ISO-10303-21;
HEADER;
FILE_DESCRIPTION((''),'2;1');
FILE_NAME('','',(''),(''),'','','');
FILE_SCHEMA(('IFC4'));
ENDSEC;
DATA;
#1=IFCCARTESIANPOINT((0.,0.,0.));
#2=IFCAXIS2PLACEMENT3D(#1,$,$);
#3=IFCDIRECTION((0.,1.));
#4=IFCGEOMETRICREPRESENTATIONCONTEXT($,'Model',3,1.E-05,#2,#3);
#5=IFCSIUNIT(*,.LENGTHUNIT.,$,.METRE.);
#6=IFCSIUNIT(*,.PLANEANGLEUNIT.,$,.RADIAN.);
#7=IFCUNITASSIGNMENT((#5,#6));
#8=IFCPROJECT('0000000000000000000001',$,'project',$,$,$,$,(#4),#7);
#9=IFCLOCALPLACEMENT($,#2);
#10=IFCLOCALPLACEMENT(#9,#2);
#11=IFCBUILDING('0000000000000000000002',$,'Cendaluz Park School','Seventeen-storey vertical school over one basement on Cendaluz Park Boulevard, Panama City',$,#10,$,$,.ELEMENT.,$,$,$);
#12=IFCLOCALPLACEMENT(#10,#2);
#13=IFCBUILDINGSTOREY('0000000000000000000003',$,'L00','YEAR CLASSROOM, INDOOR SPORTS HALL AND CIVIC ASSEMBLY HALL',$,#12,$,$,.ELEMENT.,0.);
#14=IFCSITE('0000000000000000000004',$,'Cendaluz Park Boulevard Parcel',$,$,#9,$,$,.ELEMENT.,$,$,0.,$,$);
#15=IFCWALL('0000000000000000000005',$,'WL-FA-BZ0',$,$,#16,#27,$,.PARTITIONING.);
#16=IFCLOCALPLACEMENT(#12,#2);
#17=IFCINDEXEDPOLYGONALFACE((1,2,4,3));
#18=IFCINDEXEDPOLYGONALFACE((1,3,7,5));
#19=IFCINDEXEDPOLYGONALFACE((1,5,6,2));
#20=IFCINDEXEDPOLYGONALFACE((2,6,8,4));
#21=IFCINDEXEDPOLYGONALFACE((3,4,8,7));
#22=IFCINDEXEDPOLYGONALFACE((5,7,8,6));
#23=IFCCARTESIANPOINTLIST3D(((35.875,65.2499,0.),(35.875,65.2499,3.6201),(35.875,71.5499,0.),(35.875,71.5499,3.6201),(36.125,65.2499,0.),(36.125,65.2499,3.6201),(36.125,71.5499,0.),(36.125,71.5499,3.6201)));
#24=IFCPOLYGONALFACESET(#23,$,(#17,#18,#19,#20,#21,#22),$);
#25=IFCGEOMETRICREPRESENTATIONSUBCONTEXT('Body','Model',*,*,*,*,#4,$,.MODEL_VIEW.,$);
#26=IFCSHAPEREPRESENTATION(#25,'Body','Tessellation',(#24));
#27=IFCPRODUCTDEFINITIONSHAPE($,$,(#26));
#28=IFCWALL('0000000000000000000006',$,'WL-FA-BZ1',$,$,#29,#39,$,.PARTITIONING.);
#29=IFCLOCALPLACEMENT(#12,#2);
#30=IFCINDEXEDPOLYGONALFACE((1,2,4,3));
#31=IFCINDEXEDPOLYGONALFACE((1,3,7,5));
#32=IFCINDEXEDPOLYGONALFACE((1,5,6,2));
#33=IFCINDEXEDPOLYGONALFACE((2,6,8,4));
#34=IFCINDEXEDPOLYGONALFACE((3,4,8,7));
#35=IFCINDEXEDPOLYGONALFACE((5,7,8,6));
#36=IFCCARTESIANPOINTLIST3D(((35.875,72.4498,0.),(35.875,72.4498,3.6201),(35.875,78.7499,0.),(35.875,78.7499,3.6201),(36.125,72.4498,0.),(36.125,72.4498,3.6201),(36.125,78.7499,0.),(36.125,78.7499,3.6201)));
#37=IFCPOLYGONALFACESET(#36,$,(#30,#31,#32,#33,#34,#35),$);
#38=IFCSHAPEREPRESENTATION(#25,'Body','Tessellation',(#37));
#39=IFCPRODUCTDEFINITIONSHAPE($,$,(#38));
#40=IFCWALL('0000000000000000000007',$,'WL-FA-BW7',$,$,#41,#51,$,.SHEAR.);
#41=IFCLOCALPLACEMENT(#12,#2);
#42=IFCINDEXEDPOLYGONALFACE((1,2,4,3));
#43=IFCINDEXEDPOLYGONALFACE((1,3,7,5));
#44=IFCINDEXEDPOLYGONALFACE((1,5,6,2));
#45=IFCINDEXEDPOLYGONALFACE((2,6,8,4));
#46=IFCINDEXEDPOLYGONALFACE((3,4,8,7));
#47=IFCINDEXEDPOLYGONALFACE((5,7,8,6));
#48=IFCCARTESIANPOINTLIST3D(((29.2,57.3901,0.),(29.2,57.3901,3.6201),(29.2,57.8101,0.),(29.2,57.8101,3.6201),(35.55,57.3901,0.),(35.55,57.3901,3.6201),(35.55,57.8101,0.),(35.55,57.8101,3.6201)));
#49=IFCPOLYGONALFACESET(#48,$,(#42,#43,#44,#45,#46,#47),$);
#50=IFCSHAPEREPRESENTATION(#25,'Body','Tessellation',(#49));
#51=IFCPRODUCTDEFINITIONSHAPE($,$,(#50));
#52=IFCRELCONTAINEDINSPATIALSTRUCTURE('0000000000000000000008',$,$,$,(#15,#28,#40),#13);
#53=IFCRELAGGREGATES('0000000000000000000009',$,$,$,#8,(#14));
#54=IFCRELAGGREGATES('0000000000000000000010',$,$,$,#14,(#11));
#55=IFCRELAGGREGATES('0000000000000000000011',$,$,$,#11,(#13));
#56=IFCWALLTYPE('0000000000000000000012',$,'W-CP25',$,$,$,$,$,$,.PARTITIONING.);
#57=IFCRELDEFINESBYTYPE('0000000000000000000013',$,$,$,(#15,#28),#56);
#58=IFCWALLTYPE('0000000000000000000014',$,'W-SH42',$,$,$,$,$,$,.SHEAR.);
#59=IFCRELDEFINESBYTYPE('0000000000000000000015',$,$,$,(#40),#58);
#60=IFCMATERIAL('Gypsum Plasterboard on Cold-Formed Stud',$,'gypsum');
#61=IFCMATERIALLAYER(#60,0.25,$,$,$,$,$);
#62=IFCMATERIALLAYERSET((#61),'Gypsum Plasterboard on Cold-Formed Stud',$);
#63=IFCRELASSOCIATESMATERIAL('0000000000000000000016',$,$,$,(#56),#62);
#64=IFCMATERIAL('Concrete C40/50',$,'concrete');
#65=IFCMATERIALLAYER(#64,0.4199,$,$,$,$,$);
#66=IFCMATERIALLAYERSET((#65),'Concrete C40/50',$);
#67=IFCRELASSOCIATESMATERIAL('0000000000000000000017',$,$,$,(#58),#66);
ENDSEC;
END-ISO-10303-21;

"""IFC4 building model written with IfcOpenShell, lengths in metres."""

from ifc_helpers import new_model, si_unit, direction, frame, frame_2d, origin, place, context, subcontext, project, spatial, rectangle, extrude, material, layer, layer_set, type_object, element, save


model = new_model("IFC4")

# Units and contexts
model_context = context("Model", 3, precision=1e-05, world=origin(), true_north=direction((0.0, 1.0)))
body_context = subcontext(model_context, "Body", "Model", "MODEL_VIEW")
ifc_project = project(units=[si_unit("LENGTHUNIT", "METRE"), si_unit("PLANEANGLEUNIT", "RADIAN")], contexts=[model_context])

# Site, building, storey
site_placement = place(None, origin())
site = spatial("IfcSite", under=ifc_project, at=site_placement, Name="Cendaluz Park Boulevard Parcel", CompositionType="ELEMENT", RefElevation=0.0)
building_placement = place(site_placement, origin())
building = spatial("IfcBuilding", under=site, at=building_placement, Name="Cendaluz Park School", Description="Seventeen-storey vertical school over one basement on Cendaluz Park Boulevard, Panama City", CompositionType="ELEMENT")
storey_placement = place(building_placement, origin())
storey = spatial("IfcBuildingStorey", under=building, at=storey_placement, Name="L00", Description="YEAR CLASSROOM, INDOOR SPORTS HALL AND CIVIC ASSEMBLY HALL", CompositionType="ELEMENT", Elevation=0.0)

# Shared definitions
ifc_material_1 = material(Name="Concrete C40/50", Category="concrete")

# Walls
ifc_material_2 = material(Name="Gypsum Plasterboard on Cold-Formed Stud", Category="gypsum")
ifc_layer_1 = layer(ifc_material_2, 0.25)
ifc_layer_set_1 = layer_set([ifc_layer_1], Name="Gypsum Plasterboard on Cold-Formed Stud")
wall_type_1 = type_object("IfcWallType", Name="W-CP25", PredefinedType="PARTITIONING", material=ifc_layer_set_1)
for number, where, z_axis, x_axis, name in (
    (1, (36.0, 65.25, 0.0), (0.0, 0.0, 1.0), (0.0, 1.0, 0.0), "WL-FA-BZ0"),
    (2, (36.0, 72.45, 0.0), (0.0, 0.0, 1.0), (0.0, 1.0, 0.0), "WL-FA-BZ1"),
):
    element("IfcWall", number, at=place(storey_placement, frame(where, z_axis=z_axis, x_axis=x_axis)), inside=storey, type_object=wall_type_1, Name=name, PredefinedType="PARTITIONING", context=body_context, shape_type="SweptSolid", body=[
        extrude(rectangle(XDim=6.3, YDim=0.25, at=frame_2d((3.1499, 0.0))), origin(), (0.0, 0.0, 1.0), 3.6201),
    ])
ifc_layer_2 = layer(ifc_material_1, 0.4199)
ifc_layer_set_2 = layer_set([ifc_layer_2], Name="Concrete C40/50")
wall_type_2 = type_object("IfcWallType", Name="W-SH42", PredefinedType="SHEAR", material=ifc_layer_set_2)
wall_placement = place(storey_placement, frame((29.2, 57.6001, 0.0), z_axis=(0.0, 0.0, 1.0), x_axis=(1.0, 0.0, 0.0)))
element("IfcWall", 3, at=wall_placement, inside=storey, type_object=wall_type_2, Name="WL-FA-BW7", PredefinedType="SHEAR", context=body_context, shape_type="SweptSolid", body=[
    extrude(rectangle(XDim=6.3501, YDim=0.4199, at=frame_2d((3.175, 0.0))), origin(), (0.0, 0.0, 1.0), 3.6201),
])

save(model, "model.ifc")
